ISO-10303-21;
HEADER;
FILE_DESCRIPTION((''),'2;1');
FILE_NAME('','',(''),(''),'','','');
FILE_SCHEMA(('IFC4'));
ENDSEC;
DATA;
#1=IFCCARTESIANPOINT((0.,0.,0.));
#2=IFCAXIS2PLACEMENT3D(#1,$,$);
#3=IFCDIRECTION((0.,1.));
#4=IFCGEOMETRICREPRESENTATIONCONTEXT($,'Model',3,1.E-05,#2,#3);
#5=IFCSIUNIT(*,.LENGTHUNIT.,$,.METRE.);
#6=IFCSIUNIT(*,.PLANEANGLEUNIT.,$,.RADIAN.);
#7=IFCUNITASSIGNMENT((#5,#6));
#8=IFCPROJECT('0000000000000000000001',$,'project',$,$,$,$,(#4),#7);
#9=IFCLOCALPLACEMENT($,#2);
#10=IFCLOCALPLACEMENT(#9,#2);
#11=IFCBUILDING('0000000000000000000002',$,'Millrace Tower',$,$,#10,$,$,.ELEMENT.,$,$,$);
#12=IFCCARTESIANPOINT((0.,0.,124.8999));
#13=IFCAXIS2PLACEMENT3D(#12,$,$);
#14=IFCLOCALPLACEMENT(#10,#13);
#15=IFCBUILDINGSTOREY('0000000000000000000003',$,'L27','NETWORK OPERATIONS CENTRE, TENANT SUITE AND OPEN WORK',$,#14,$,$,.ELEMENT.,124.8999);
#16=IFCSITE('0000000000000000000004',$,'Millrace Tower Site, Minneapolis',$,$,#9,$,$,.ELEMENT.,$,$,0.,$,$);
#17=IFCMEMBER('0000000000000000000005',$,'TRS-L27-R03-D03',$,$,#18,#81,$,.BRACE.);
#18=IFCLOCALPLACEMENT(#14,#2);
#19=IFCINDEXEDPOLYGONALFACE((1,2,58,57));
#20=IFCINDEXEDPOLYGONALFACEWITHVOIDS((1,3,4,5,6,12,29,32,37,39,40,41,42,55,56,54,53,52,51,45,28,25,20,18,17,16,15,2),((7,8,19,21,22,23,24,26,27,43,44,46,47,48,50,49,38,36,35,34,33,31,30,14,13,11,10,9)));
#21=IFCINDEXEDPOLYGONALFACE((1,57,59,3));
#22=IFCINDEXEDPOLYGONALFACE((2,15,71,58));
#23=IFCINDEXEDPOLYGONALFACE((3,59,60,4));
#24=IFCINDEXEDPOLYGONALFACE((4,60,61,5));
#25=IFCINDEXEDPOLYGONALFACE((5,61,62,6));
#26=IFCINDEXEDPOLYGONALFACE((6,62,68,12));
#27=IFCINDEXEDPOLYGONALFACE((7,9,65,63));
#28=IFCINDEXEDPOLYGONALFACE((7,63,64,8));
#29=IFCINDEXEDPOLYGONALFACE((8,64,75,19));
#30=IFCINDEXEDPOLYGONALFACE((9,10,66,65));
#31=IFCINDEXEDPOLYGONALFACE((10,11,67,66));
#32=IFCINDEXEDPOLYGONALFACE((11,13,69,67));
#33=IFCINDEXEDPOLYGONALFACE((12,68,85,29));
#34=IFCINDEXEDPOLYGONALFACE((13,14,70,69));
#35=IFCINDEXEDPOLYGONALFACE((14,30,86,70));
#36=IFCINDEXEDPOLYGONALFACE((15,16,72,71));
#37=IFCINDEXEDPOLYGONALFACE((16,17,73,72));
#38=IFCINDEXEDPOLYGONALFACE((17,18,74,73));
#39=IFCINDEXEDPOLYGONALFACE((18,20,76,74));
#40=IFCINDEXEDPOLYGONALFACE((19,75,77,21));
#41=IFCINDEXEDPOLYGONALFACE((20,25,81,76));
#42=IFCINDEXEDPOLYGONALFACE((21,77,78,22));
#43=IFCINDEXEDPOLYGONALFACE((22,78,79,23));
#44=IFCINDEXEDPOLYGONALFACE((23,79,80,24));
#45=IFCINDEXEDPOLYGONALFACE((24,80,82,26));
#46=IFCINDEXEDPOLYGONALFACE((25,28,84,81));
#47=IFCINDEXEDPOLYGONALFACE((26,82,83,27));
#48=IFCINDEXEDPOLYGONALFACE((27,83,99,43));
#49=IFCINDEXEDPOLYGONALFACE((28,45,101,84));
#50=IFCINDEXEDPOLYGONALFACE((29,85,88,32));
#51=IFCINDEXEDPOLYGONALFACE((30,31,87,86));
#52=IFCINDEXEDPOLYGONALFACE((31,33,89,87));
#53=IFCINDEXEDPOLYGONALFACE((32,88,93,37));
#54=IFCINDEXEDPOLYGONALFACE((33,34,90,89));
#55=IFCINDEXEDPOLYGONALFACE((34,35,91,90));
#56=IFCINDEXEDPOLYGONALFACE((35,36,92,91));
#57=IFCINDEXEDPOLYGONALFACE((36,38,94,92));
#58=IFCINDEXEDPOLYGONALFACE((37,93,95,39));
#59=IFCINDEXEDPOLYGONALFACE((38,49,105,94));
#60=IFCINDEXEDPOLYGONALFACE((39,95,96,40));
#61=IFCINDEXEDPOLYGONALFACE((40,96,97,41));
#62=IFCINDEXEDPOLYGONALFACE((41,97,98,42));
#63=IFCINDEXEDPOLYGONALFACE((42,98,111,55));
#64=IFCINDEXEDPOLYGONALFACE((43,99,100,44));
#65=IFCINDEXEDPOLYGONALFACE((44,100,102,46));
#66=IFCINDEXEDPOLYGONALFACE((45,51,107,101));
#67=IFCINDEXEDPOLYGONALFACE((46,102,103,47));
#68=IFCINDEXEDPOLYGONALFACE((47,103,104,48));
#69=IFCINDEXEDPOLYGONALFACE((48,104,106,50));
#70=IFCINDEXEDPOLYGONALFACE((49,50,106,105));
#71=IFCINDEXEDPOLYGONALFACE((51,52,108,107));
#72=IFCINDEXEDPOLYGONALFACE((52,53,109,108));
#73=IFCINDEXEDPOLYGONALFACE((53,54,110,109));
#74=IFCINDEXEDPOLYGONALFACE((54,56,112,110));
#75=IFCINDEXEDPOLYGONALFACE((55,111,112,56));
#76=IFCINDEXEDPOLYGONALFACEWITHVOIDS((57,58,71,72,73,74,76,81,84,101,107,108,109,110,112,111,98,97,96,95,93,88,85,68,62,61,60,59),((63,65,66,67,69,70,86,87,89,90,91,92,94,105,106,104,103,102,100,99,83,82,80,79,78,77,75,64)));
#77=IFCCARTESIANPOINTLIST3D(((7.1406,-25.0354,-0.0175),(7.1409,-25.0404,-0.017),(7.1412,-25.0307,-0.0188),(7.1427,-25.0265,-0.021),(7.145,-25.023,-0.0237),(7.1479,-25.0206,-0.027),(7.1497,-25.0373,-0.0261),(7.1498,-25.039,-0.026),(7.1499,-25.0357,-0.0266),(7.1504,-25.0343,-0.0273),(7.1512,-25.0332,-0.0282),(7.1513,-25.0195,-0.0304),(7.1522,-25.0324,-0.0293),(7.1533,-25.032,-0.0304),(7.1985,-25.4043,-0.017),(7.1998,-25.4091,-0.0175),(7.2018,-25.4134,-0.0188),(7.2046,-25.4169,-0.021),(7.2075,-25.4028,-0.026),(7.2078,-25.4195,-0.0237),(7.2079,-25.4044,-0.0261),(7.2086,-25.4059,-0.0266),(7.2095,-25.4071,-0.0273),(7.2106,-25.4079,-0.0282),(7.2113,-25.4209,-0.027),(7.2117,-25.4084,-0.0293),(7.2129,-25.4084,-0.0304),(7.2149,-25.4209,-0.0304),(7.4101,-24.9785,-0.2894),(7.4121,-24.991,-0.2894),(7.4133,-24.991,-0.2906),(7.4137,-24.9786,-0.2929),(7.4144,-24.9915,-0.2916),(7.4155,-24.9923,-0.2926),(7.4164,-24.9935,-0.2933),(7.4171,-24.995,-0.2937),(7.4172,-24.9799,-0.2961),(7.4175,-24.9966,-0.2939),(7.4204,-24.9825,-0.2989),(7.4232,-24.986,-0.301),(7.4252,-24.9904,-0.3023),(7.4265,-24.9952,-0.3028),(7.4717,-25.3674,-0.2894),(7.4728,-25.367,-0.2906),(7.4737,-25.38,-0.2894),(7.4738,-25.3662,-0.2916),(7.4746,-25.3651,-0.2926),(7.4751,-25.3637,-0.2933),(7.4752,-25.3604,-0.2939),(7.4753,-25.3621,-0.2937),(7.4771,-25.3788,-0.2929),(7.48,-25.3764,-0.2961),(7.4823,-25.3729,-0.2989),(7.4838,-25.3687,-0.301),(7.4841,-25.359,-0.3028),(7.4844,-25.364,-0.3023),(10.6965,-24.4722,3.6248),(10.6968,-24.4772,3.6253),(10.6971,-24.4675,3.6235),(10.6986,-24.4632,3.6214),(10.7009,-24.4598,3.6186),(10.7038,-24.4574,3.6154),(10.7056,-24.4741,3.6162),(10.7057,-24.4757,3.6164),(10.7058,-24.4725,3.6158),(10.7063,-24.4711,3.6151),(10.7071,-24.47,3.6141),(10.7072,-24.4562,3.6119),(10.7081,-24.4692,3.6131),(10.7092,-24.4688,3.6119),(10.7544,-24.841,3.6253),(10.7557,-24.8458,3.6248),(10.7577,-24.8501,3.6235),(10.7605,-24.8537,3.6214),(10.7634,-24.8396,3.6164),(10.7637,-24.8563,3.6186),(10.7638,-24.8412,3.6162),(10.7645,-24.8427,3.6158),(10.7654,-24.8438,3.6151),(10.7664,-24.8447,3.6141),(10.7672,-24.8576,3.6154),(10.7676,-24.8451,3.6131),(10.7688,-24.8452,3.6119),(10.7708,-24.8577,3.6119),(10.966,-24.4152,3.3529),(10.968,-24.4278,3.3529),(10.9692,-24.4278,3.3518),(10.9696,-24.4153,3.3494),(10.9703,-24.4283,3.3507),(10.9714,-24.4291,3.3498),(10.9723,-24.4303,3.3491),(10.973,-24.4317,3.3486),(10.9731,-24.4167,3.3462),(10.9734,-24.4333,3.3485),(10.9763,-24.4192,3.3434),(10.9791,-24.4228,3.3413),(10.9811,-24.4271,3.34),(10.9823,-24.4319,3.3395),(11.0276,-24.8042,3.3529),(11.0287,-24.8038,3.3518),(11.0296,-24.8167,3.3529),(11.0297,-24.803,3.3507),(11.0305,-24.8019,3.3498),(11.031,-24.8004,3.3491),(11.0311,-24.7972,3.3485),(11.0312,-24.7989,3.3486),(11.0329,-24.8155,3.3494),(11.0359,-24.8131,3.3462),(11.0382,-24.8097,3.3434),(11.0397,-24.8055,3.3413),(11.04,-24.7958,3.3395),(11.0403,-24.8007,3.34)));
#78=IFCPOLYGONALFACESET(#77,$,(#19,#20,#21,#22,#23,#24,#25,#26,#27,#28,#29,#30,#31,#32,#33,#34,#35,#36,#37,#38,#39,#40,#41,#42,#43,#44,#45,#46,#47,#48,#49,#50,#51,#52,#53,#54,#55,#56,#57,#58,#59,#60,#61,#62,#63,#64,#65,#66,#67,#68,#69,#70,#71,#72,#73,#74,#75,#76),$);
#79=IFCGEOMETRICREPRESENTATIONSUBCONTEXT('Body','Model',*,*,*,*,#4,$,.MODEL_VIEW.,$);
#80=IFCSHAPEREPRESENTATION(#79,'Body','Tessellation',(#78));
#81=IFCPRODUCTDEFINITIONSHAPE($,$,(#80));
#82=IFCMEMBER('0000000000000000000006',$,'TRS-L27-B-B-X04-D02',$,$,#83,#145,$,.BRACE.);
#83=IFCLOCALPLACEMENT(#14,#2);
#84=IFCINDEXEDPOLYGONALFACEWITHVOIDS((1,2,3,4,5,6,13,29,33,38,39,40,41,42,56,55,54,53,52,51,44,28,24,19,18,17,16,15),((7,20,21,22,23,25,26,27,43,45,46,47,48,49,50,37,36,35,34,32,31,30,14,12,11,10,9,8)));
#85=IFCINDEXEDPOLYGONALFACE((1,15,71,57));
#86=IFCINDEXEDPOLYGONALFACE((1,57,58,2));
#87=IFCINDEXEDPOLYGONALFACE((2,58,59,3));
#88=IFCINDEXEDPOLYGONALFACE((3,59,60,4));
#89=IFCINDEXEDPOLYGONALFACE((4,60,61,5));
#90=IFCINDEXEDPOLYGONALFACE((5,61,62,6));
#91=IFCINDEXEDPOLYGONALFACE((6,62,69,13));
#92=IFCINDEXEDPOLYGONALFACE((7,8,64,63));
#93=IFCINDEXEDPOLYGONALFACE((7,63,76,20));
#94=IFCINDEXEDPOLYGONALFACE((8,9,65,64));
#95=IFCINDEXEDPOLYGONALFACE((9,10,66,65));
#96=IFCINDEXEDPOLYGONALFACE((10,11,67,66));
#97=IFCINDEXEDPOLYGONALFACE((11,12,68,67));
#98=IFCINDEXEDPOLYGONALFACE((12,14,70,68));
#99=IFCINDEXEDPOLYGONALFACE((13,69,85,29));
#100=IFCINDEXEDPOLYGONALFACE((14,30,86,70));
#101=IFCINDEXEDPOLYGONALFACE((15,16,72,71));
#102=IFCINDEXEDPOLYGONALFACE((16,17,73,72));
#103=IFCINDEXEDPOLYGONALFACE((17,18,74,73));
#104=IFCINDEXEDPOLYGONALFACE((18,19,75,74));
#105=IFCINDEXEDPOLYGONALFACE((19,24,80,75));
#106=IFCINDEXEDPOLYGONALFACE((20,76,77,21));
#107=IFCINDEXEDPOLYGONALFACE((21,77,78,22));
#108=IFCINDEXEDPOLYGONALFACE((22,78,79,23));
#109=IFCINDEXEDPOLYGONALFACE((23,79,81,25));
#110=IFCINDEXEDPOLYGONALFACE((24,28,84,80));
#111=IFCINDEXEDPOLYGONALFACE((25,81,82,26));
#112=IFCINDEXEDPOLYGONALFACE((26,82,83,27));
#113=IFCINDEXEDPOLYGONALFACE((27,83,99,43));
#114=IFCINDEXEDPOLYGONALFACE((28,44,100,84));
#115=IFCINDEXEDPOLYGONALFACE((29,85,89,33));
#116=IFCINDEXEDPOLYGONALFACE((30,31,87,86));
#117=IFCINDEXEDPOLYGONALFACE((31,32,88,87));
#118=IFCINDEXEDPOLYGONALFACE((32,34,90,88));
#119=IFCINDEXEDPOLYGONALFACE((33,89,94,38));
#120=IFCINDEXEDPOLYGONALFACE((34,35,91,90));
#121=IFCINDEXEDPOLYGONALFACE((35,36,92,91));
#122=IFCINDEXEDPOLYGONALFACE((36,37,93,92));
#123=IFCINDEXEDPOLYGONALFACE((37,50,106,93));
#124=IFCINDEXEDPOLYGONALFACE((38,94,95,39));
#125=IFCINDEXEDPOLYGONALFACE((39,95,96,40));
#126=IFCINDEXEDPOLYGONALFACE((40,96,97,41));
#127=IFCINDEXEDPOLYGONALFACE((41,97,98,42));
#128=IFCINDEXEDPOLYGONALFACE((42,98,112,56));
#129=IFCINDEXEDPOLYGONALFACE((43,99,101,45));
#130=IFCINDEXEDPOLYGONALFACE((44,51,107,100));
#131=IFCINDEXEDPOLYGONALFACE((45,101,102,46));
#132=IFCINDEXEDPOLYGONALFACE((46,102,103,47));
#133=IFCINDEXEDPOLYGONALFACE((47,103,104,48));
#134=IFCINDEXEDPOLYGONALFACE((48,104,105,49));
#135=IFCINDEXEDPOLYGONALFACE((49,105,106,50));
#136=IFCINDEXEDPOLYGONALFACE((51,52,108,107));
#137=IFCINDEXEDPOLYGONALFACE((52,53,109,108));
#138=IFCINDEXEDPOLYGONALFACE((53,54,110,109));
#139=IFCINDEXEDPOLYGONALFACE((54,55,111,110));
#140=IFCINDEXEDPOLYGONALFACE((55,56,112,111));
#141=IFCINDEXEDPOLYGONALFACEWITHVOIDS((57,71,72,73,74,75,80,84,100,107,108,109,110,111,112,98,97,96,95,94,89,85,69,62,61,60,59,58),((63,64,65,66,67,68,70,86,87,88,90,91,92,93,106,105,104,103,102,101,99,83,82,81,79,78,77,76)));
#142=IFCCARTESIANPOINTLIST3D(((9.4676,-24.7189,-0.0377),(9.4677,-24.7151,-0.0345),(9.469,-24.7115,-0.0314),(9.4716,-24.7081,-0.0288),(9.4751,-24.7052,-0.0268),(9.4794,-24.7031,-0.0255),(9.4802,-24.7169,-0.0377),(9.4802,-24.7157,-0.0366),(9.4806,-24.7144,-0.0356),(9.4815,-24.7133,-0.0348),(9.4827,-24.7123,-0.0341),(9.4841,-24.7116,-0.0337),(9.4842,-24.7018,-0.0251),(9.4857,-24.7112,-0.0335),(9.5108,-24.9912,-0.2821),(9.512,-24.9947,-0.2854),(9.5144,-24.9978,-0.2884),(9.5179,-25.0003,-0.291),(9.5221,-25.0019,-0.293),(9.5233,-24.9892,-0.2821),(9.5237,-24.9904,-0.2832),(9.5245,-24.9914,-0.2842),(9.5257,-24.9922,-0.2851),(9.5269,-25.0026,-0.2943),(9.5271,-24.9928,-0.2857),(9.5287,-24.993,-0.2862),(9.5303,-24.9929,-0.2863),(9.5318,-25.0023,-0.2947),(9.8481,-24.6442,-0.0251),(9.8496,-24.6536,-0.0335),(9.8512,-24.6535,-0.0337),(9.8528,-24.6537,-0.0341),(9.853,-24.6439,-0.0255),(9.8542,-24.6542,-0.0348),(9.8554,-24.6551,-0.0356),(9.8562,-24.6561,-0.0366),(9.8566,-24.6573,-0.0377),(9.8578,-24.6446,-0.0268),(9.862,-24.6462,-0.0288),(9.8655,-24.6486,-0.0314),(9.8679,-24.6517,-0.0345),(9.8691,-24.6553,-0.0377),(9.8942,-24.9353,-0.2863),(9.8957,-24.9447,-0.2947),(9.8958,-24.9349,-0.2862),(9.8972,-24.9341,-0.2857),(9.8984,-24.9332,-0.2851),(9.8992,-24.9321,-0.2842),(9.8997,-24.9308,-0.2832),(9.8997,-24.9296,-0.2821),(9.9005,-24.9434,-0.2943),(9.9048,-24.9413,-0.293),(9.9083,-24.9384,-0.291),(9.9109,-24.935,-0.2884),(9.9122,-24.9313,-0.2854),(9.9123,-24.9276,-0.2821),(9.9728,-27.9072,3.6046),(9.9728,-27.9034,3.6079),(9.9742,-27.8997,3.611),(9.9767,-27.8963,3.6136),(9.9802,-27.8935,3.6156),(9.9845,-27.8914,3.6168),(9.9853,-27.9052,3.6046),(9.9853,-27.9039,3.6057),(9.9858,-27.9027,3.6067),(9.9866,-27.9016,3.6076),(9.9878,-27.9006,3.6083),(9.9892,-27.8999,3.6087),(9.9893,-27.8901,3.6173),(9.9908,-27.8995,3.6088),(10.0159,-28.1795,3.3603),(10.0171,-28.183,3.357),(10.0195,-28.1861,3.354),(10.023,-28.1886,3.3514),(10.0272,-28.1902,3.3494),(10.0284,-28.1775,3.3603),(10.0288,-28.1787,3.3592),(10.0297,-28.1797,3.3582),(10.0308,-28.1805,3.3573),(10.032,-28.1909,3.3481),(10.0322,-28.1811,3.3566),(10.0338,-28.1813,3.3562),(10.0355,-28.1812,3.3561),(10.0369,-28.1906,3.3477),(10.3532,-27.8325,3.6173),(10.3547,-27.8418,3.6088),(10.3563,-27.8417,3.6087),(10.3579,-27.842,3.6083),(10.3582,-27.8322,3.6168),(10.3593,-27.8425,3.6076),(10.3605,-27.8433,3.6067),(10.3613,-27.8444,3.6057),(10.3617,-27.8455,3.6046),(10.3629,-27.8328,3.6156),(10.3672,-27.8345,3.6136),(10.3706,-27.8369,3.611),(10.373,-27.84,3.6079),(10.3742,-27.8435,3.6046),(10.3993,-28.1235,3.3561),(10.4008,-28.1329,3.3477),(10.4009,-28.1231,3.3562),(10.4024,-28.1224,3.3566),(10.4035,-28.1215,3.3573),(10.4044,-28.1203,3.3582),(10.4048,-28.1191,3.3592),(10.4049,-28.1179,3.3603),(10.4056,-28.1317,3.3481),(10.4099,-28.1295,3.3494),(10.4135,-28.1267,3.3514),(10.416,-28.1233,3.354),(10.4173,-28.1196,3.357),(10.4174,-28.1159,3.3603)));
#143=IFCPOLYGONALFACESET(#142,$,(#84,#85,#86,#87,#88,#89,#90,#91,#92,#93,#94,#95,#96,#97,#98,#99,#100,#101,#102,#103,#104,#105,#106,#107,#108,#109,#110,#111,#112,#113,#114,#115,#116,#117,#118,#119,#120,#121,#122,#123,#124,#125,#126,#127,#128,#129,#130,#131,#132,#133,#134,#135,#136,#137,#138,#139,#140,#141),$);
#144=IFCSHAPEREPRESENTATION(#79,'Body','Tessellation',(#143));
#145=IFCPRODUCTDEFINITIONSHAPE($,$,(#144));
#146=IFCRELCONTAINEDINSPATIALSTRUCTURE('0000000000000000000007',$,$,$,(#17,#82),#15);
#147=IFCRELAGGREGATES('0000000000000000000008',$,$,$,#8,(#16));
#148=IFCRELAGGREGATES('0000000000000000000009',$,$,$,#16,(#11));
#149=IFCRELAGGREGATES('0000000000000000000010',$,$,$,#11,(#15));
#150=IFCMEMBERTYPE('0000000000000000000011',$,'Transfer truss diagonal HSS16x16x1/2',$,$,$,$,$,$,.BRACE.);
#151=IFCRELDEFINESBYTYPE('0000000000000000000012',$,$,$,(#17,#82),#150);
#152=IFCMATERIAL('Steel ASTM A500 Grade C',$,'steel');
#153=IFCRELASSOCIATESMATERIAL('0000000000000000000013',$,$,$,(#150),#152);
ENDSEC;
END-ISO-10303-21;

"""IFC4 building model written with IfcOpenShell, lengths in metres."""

from ifc_helpers import new_model, si_unit, direction, frame, origin, origin_2d, place, context, subcontext, project, spatial, hollow_rectangle, extrude, material, material_profile, profile_set, type_object, element, save


model = new_model("IFC4")

# Units and contexts
model_context = context("Model", 3, precision=1e-05, world=origin(), true_north=direction((0.0, 1.0)))
body_context = subcontext(model_context, "Body", "Model", "MODEL_VIEW")
ifc_project = project(units=[si_unit("LENGTHUNIT", "METRE"), si_unit("PLANEANGLEUNIT", "RADIAN")], contexts=[model_context])

# Site, building, storey
site_placement = place(None, origin())
site = spatial("IfcSite", under=ifc_project, at=site_placement, Name="Millrace Tower Site, Minneapolis", CompositionType="ELEMENT", RefElevation=0.0)
building_placement = place(site_placement, origin())
building = spatial("IfcBuilding", under=site, at=building_placement, Name="Millrace Tower", CompositionType="ELEMENT")
storey_placement = place(building_placement, frame((0.0, 0.0, 124.8999)))
storey = spatial("IfcBuildingStorey", under=building, at=storey_placement, Name="L27", Description="NETWORK OPERATIONS CENTRE, TENANT SUITE AND OPEN WORK", CompositionType="ELEMENT", Elevation=124.8999)

# Members
ifc_material_1 = material(Name="Steel ASTM A500 Grade C", Category="steel")
ifc_material_profile_1 = material_profile(ifc_material_1, hollow_rectangle(XDim=0.4065, YDim=0.4065, WallThickness=0.0127, InnerFilletRadius=0.0063, OuterFilletRadius=0.019, at=origin_2d()))
ifc_profile_set_1 = profile_set([ifc_material_profile_1], Name="Steel ASTM A500 Grade C")
member_type_1 = type_object("IfcMemberType", Name="Transfer truss diagonal HSS16x16x1/2", PredefinedType="BRACE", material=ifc_profile_set_1)
member_1_placement = place(storey_placement, frame((7.3125, -25.1997, -0.1599), z_axis=(0.694329, 0.109977, 0.711205), x_axis=(-0.156443, 0.987687, 0.0)))
element("IfcMember", 1, at=member_1_placement, inside=storey, type_object=member_type_1, Name="TRS-L27-R03-D03", PredefinedType="BRACE", context=body_context, shape_type="SweptSolid", body=[
    extrude(hollow_rectangle(XDim=0.4065, YDim=0.4065, WallThickness=0.0127, InnerFilletRadius=0.0063, OuterFilletRadius=0.019, at=origin_2d()), origin(), (0.0, 0.0, 1.0), 5.1213),
])
member_2_placement = place(storey_placement, frame((9.6899, -24.8232, -0.1599), z_axis=(0.103789, -0.655087, 0.748391), x_axis=(0.987681, 0.156483, 0.0)))
element("IfcMember", 2, at=member_2_placement, inside=storey, type_object=member_type_1, Name="TRS-L27-B-B-X04-D02", PredefinedType="BRACE", context=body_context, shape_type="SweptSolid", body=[
    extrude(hollow_rectangle(XDim=0.4065, YDim=0.4065, WallThickness=0.0127, InnerFilletRadius=0.0063, OuterFilletRadius=0.019, at=origin_2d()), origin(), (0.0, 0.0, 1.0), 4.8669),
])

save(model, "model.ifc")
